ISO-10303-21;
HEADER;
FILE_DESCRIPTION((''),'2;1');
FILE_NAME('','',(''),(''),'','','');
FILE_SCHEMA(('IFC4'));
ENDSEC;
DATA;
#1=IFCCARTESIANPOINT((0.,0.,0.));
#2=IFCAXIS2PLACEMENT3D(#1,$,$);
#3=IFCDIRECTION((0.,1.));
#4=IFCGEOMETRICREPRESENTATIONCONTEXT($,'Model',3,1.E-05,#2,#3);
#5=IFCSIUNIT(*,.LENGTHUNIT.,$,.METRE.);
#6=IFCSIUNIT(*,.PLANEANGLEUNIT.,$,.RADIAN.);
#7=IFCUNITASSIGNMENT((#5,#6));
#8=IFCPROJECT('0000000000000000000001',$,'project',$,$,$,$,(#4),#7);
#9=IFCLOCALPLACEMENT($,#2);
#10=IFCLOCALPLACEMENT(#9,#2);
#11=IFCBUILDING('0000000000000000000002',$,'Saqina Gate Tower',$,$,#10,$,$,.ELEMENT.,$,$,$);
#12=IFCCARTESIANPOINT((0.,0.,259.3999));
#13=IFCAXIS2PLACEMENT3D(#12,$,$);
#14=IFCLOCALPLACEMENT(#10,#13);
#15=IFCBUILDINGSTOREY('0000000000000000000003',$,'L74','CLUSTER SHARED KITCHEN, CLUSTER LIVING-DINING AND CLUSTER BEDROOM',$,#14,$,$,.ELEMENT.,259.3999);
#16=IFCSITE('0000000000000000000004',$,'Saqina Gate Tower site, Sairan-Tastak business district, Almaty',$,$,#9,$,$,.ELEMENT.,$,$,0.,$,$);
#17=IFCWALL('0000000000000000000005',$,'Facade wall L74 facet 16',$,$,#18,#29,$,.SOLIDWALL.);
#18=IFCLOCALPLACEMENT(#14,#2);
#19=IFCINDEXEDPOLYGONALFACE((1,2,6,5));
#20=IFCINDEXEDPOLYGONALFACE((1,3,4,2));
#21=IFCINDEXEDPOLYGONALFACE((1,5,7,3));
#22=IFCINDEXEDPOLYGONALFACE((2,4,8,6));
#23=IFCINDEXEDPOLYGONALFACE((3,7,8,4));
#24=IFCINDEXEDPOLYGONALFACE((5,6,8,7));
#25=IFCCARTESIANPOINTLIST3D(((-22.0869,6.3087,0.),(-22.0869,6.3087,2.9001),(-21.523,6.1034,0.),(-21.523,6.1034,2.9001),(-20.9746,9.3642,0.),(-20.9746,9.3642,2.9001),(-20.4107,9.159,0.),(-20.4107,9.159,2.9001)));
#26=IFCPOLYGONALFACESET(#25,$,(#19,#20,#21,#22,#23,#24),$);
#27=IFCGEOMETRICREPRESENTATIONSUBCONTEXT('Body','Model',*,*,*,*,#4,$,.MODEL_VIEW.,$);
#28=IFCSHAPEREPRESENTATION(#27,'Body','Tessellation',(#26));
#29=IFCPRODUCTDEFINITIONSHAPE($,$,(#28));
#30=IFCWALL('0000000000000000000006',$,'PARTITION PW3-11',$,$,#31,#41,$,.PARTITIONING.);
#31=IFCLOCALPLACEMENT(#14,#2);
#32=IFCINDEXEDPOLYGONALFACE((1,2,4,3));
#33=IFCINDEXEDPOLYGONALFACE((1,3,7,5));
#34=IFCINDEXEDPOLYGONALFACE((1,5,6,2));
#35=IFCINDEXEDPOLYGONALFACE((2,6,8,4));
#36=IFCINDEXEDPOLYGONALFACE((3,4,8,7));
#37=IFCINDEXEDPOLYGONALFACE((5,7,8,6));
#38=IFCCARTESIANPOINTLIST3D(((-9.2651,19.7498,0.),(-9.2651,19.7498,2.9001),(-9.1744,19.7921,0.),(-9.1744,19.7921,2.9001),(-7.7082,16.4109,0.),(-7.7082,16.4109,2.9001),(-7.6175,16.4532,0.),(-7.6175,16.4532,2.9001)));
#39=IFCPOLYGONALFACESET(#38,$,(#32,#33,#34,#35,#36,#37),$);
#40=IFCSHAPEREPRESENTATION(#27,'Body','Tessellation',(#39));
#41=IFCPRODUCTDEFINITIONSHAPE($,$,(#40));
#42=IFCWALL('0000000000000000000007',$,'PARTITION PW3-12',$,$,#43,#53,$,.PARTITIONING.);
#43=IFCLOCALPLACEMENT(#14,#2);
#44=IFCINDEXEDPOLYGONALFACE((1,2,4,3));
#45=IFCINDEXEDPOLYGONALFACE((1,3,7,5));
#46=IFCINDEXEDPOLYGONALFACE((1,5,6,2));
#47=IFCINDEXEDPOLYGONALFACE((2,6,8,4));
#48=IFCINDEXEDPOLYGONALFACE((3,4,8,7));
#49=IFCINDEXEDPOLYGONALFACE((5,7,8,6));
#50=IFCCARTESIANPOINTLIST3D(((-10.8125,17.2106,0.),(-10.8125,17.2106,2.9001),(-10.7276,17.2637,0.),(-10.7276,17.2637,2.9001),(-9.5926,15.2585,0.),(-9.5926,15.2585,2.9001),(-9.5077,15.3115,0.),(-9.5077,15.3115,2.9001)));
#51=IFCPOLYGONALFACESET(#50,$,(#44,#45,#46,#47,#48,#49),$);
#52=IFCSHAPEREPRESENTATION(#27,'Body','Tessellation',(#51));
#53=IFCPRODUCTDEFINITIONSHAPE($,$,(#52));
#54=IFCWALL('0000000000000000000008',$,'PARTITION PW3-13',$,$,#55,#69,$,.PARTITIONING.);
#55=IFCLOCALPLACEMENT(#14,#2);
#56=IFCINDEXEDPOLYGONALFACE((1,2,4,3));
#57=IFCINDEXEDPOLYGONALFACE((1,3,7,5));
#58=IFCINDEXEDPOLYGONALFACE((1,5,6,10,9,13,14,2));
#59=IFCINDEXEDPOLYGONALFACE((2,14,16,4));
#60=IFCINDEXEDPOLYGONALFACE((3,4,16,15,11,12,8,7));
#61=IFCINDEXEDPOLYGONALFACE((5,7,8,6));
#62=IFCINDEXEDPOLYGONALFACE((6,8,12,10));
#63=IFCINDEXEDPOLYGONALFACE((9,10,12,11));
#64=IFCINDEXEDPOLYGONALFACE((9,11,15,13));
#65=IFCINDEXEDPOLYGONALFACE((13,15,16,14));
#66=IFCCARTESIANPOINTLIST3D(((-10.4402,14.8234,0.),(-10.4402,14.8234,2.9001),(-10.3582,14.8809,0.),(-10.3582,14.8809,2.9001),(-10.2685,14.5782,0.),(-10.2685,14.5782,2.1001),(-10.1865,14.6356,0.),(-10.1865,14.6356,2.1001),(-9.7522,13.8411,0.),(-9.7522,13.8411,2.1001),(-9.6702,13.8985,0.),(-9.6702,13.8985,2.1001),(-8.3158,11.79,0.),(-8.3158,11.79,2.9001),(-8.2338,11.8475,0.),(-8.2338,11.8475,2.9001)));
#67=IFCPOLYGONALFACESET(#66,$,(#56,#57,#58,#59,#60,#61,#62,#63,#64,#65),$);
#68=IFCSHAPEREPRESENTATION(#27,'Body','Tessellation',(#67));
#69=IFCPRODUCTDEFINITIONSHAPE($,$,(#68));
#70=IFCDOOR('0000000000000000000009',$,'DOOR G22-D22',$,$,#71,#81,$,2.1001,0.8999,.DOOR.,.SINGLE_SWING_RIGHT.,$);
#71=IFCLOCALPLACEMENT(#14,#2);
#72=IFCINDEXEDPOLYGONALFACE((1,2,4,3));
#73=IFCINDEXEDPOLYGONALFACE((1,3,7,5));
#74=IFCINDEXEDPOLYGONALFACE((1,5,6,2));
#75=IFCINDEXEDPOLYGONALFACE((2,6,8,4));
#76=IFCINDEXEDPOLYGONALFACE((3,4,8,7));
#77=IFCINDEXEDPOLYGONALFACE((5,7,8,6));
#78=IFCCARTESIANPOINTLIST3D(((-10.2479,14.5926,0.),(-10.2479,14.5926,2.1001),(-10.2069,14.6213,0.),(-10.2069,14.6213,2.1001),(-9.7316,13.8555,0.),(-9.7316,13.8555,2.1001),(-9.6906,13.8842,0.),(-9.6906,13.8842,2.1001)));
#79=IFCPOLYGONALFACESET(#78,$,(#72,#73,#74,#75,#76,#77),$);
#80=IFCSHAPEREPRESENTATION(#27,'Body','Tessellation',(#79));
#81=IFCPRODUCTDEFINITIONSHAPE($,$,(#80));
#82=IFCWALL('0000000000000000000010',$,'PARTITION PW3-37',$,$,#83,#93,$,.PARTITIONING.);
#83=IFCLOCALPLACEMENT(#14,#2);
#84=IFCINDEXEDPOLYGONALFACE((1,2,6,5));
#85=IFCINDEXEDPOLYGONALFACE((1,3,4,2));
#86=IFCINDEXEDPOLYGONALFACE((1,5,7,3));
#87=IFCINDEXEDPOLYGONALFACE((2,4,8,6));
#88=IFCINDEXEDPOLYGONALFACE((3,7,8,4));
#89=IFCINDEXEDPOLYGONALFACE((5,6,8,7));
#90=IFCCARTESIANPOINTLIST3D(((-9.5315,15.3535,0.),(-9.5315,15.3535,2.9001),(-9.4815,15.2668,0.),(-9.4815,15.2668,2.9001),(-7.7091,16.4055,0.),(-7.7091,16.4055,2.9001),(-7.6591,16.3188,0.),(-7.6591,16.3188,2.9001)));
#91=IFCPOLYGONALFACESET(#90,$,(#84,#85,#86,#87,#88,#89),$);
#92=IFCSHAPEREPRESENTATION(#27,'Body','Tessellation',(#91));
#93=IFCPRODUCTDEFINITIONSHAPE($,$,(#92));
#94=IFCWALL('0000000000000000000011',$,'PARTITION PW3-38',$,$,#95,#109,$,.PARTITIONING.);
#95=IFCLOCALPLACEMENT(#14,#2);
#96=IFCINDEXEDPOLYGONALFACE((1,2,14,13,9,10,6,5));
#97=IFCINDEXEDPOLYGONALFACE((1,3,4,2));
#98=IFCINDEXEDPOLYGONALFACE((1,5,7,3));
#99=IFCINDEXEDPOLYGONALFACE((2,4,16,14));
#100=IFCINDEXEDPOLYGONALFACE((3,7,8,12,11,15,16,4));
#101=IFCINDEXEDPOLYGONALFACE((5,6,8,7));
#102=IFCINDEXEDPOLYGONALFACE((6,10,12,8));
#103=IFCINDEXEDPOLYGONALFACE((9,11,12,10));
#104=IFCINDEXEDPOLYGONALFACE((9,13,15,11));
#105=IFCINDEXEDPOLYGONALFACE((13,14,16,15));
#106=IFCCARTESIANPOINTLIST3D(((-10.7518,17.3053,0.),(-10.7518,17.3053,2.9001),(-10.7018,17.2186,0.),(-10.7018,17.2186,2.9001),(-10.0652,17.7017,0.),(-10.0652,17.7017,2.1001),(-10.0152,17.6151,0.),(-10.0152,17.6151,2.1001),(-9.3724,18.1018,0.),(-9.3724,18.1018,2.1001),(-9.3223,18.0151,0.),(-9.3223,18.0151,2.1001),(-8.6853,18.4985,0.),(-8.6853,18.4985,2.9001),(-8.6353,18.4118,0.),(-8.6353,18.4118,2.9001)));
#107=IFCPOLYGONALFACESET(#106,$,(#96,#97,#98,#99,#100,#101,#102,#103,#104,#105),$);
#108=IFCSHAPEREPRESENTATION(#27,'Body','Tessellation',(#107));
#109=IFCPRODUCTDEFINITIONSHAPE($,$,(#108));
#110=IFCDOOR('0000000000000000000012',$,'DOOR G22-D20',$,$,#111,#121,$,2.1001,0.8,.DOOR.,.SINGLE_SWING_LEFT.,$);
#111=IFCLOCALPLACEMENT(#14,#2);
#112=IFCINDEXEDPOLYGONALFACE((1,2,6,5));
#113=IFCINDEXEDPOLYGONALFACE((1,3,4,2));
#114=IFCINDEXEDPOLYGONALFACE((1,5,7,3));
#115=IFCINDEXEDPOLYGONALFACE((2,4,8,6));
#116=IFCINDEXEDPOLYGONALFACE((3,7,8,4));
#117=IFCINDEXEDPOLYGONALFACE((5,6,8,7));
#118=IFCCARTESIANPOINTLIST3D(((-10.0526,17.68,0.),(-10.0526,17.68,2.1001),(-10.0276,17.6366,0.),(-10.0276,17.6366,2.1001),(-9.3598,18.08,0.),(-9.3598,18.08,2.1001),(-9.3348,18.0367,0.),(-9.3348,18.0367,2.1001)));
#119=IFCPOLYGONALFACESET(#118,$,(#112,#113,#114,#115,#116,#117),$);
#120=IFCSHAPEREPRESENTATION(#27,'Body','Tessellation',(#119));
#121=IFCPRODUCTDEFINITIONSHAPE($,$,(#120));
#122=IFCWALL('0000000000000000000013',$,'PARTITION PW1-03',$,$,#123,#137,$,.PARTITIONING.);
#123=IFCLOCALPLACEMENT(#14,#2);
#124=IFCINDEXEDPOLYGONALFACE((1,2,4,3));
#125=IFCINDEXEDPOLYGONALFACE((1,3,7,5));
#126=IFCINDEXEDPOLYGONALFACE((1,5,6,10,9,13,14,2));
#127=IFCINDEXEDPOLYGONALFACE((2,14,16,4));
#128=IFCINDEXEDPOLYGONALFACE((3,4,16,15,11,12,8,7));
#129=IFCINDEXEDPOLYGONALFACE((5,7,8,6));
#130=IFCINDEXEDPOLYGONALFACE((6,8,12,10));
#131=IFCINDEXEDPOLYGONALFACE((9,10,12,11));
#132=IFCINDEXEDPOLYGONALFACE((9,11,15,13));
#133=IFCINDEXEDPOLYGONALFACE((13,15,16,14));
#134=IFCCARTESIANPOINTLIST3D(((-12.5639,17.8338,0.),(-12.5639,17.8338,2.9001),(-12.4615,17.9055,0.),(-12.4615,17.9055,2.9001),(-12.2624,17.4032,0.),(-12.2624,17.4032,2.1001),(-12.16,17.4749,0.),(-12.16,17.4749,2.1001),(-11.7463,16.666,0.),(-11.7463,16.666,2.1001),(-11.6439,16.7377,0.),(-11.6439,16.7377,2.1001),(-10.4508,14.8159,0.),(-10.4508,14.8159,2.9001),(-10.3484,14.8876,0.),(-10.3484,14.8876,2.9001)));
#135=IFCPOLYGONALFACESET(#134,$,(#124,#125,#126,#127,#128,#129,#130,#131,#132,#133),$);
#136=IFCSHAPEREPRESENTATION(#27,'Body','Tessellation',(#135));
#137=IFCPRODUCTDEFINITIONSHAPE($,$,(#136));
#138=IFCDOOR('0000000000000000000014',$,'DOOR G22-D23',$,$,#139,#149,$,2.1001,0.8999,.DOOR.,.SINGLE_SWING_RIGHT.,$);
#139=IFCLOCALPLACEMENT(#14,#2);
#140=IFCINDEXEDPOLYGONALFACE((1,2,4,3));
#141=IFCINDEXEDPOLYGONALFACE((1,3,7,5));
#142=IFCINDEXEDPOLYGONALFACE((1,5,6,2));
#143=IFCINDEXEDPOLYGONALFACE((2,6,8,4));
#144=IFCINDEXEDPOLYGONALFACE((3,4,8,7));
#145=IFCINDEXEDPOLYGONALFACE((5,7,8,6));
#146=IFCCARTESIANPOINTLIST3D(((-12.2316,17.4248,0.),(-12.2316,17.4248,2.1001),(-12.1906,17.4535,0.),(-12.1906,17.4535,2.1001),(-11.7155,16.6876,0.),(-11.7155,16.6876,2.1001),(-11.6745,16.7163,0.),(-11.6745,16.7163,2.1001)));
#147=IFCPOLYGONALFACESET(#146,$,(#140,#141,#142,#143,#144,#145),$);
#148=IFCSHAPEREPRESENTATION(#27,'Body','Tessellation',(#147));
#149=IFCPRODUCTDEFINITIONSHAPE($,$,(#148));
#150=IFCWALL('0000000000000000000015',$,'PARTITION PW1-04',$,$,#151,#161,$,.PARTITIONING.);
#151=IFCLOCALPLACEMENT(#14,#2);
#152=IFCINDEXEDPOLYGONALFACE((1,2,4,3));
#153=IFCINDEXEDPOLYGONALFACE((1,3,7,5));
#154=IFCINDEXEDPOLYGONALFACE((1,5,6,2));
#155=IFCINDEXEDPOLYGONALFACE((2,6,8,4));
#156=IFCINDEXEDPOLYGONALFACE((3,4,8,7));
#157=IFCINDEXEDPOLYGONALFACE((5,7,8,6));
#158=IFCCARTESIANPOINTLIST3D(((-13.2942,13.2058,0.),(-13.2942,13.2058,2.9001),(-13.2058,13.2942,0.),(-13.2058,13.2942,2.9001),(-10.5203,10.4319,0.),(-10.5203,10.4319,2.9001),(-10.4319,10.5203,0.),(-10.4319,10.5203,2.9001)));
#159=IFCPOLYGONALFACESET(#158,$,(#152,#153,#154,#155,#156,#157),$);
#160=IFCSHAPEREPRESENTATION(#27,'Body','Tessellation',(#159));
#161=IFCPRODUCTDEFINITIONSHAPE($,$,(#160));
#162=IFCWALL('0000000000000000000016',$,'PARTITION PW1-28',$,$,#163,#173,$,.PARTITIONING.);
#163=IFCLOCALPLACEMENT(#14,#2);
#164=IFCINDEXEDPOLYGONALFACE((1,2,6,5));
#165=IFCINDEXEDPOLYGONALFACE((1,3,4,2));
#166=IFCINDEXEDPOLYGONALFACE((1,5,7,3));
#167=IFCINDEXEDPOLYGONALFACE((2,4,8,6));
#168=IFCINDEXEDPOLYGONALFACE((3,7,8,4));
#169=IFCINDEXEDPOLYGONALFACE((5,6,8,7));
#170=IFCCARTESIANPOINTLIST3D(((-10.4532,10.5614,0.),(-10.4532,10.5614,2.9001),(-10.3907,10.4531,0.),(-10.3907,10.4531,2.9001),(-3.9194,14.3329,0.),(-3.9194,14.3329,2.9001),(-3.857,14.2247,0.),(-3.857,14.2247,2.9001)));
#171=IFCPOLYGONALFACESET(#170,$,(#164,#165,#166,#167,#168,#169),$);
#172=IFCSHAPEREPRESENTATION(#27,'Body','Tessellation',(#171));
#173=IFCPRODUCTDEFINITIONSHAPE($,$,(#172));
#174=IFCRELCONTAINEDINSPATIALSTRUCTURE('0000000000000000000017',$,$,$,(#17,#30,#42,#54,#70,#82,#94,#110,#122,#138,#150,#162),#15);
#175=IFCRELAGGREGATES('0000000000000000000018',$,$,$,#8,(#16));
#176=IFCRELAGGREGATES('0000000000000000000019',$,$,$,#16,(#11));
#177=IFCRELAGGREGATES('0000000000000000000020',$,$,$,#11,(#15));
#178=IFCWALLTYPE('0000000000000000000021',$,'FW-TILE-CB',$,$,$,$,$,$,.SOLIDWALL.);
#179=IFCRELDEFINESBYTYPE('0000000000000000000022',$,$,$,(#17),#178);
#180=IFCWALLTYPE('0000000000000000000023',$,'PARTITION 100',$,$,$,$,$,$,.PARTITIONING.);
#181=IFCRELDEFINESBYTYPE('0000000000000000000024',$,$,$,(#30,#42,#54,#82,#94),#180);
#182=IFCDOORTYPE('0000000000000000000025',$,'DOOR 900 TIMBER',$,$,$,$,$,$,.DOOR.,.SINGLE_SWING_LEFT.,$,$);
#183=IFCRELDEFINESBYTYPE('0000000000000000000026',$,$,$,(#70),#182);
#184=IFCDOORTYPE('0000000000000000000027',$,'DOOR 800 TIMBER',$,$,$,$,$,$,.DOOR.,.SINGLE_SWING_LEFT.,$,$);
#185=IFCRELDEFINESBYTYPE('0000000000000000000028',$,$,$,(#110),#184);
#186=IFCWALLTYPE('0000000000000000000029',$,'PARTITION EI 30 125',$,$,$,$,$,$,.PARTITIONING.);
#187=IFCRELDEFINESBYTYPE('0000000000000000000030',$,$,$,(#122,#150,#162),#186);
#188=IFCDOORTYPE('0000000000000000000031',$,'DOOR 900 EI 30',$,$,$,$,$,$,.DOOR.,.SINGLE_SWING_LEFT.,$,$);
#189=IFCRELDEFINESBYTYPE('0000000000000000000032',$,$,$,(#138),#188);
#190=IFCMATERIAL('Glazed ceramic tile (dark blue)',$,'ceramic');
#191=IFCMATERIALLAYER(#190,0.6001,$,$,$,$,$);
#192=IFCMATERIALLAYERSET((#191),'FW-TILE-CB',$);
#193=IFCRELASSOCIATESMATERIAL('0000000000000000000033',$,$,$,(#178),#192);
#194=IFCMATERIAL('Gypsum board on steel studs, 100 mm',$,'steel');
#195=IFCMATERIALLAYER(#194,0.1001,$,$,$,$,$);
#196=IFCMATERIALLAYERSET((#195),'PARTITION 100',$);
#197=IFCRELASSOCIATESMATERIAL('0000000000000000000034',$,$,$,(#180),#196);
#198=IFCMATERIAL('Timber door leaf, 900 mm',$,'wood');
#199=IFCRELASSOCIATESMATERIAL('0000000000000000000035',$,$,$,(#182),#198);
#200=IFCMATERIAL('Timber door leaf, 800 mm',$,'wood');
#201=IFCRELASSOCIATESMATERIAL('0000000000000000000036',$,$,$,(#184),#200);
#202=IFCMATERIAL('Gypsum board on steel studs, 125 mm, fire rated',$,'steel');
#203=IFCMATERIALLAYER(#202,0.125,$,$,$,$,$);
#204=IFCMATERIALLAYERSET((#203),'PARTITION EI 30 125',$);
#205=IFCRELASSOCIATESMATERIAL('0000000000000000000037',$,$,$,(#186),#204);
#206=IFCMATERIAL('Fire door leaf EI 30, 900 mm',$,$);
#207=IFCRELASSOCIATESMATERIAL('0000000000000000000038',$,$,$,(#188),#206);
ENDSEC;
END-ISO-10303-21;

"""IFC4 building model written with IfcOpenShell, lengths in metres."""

from ifc_helpers import new_model, si_unit, direction, frame, frame_2d, origin, place, context, subcontext, project, spatial, rectangle, extrude, material, layer, layer_set, type_object, element, fill, save


model = new_model("IFC4")

# Units and contexts
model_context = context("Model", 3, precision=1e-05, world=origin(), true_north=direction((0.0, 1.0)))
body_context = subcontext(model_context, "Body", "Model", "MODEL_VIEW")
ifc_project = project(units=[si_unit("LENGTHUNIT", "METRE"), si_unit("PLANEANGLEUNIT", "RADIAN")], contexts=[model_context])

# Site, building, storey
site_placement = place(None, origin())
site = spatial("IfcSite", under=ifc_project, at=site_placement, Name="Saqina Gate Tower site, Sairan-Tastak business district, Almaty", CompositionType="ELEMENT", RefElevation=0.0)
building_placement = place(site_placement, origin())
building = spatial("IfcBuilding", under=site, at=building_placement, Name="Saqina Gate Tower", CompositionType="ELEMENT")
storey_placement = place(building_placement, frame((0.0, 0.0, 259.3999)))
storey = spatial("IfcBuildingStorey", under=building, at=storey_placement, Name="L74", Description="CLUSTER SHARED KITCHEN, CLUSTER LIVING-DINING AND CLUSTER BEDROOM", CompositionType="ELEMENT", Elevation=259.3999)

# Walls
ifc_material_1 = material(Name="Glazed ceramic tile (dark blue)", Category="ceramic")
ifc_layer_1 = layer(ifc_material_1, 0.6001)
ifc_layer_set_1 = layer_set([ifc_layer_1], Name="FW-TILE-CB")
wall_type_1 = type_object("IfcWallType", Name="FW-TILE-CB", PredefinedType="SOLIDWALL", material=ifc_layer_set_1)
wall_1_placement = place(storey_placement, frame((-20.6926, 9.2617, 0.0), z_axis=(0.0, 0.0, 1.0), x_axis=(-0.342057, -0.939679, 0.0)))
element("IfcWall", 1, at=wall_1_placement, inside=storey, type_object=wall_type_1, Name="Facade wall L74 facet 16", PredefinedType="SOLIDWALL", context=body_context, shape_type="SweptSolid", body=[
    extrude(rectangle(XDim=3.2517, YDim=0.6001, at=frame_2d((1.626, 0.0))), origin(), (0.0, 0.0, 1.0), 2.9001),
])
ifc_material_2 = material(Name="Gypsum board on steel studs, 100 mm", Category="steel")
ifc_layer_2 = layer(ifc_material_2, 0.1001)
ifc_layer_set_2 = layer_set([ifc_layer_2], Name="PARTITION 100")
wall_type_2 = type_object("IfcWallType", Name="PARTITION 100", PredefinedType="PARTITIONING", material=ifc_layer_set_2)
wall_2_placement = place(storey_placement, frame((-9.2197, 19.771, 0.0), z_axis=(0.0, 0.0, 1.0), x_axis=(0.422606, -0.906313, 0.0)))
element("IfcWall", 2, at=wall_2_placement, inside=storey, type_object=wall_type_2, Name="PARTITION PW3-11", PredefinedType="PARTITIONING", context=body_context, shape_type="SweptSolid", body=[
    extrude(rectangle(XDim=3.6841, YDim=0.1001, at=frame_2d((1.842, 0.0))), origin(), (0.0, 0.0, 1.0), 2.9001),
])
wall_3_placement = place(storey_placement, frame((-10.77, 17.2371, 0.0), z_axis=(0.0, 0.0, 1.0), x_axis=(0.529961, -0.848022, 0.0)))
element("IfcWall", 3, at=wall_3_placement, inside=storey, type_object=wall_type_2, Name="PARTITION PW3-12", PredefinedType="PARTITIONING", context=body_context, shape_type="SweptSolid", body=[
    extrude(rectangle(XDim=2.302, YDim=0.1001, at=frame_2d((1.1509, 0.0))), origin(), (0.0, 0.0, 1.0), 2.9001),
])

# Wall, opening, door
wall_4_placement = place(storey_placement, frame((-10.3992, 14.8521, 0.0), z_axis=(0.0, 0.0, 1.0), x_axis=(0.573661, -0.819093, 0.0)))
wall_4 = element("IfcWall", 4, at=wall_4_placement, inside=storey, type_object=wall_type_2, Name="PARTITION PW3-13", PredefinedType="PARTITIONING", context=body_context, shape_type="SweptSolid", body=[
    extrude(rectangle(XDim=3.7034, YDim=0.1001, at=frame_2d((1.8516, 0.0))), origin(), (0.0, 0.0, 1.0), 2.9001),
])
opening_1_placement = place(wall_4_placement, frame((0.2993, 0.0, 0.0)))
opening_1 = element("IfcOpeningElement", 5, at=opening_1_placement, cuts=wall_4, PredefinedType="OPENING", context=body_context, shape_type="SweptSolid", body=[
    extrude(rectangle(XDim=0.8999, YDim=2.1001, at=frame_2d((0.45, 1.05))), frame((0.0, 0.062, 0.0), z_axis=(0.0, -1.0, 0.0), x_axis=(1.0, 0.0, 0.0)), (0.0, 0.0, 1.0), 0.124),
])
ifc_material_3 = material(Name="Timber door leaf, 900 mm", Category="wood")
door_type_1 = type_object("IfcDoorType", Name="DOOR 900 TIMBER", OperationType="SINGLE_SWING_LEFT", PredefinedType="DOOR", material=ifc_material_3)
door_1_placement = place(opening_1_placement, frame((0.8999, 0.0, 0.0), z_axis=(0.0, 0.0, 1.0), x_axis=(-1.0, 0.0, 0.0)))
door_1 = element("IfcDoor", 6, at=door_1_placement, inside=storey, type_object=door_type_1, Name="DOOR G22-D22", OperationType="SINGLE_SWING_RIGHT", OverallHeight=2.1001, OverallWidth=0.8999, PredefinedType="DOOR", context=body_context, shape_type="SweptSolid", body=[
    extrude(rectangle(XDim=0.8999, YDim=2.1001, at=frame_2d((0.45, 1.05))), frame((0.0, 0.0249, 0.0), z_axis=(0.0, -1.0, 0.0), x_axis=(1.0, 0.0, 0.0)), (0.0, 0.0, 1.0), 0.05),
])
fill(opening_1, door_1)

# Wall
wall_5_placement = place(storey_placement, frame((-9.5066, 15.3101, 0.0), z_axis=(0.0, 0.0, 1.0), x_axis=(0.866043, 0.49997, 0.0)))
element("IfcWall", 7, at=wall_5_placement, inside=storey, type_object=wall_type_2, Name="PARTITION PW3-37", PredefinedType="PARTITIONING", context=body_context, shape_type="SweptSolid", body=[
    extrude(rectangle(XDim=2.1042, YDim=0.1001, at=frame_2d((1.0522, 0.0))), origin(), (0.0, 0.0, 1.0), 2.9001),
])

# Walls, openings, doors
wall_6_placement = place(storey_placement, frame((-10.7268, 17.262, 0.0), z_axis=(0.0, 0.0, 1.0), x_axis=(0.866012, 0.500024, 0.0)))
wall_6 = element("IfcWall", 8, at=wall_6_placement, inside=storey, type_object=wall_type_2, Name="PARTITION PW3-38", PredefinedType="PARTITIONING", context=body_context, shape_type="SweptSolid", body=[
    extrude(rectangle(XDim=2.3862, YDim=0.1001, at=frame_2d((1.1931, 0.0))), origin(), (0.0, 0.0, 1.0), 2.9001),
])
opening_2_placement = place(wall_6_placement, frame((0.793, 0.0, 0.0)))
opening_2 = element("IfcOpeningElement", 9, at=opening_2_placement, cuts=wall_6, PredefinedType="OPENING", context=body_context, shape_type="SweptSolid", body=[
    extrude(rectangle(XDim=0.8, YDim=2.1001, at=frame_2d((0.3999, 1.05))), frame((0.0, 0.062, 0.0), z_axis=(0.0, -1.0, 0.0), x_axis=(1.0, 0.0, 0.0)), (0.0, 0.0, 1.0), 0.124),
])
ifc_material_4 = material(Name="Timber door leaf, 800 mm", Category="wood")
door_type_2 = type_object("IfcDoorType", Name="DOOR 800 TIMBER", OperationType="SINGLE_SWING_LEFT", PredefinedType="DOOR", material=ifc_material_4)
door_2_placement = place(opening_2_placement, origin())
door_2 = element("IfcDoor", 10, at=door_2_placement, inside=storey, type_object=door_type_2, Name="DOOR G22-D20", OperationType="SINGLE_SWING_LEFT", OverallHeight=2.1001, OverallWidth=0.8, PredefinedType="DOOR", context=body_context, shape_type="SweptSolid", body=[
    extrude(rectangle(XDim=0.8, YDim=2.1001, at=frame_2d((0.3999, 1.05))), frame((0.0, 0.0249, 0.0), z_axis=(0.0, -1.0, 0.0), x_axis=(1.0, 0.0, 0.0)), (0.0, 0.0, 1.0), 0.05),
])
fill(opening_2, door_2)
ifc_material_5 = material(Name="Gypsum board on steel studs, 125 mm, fire rated", Category="steel")
ifc_layer_3 = layer(ifc_material_5, 0.125)
ifc_layer_set_3 = layer_set([ifc_layer_3], Name="PARTITION EI 30 125")
wall_type_3 = type_object("IfcWallType", Name="PARTITION EI 30 125", PredefinedType="PARTITIONING", material=ifc_layer_set_3)
wall_7_placement = place(storey_placement, frame((-12.5127, 17.8696, 0.0), z_axis=(0.0, 0.0, 1.0), x_axis=(0.573565, -0.81916, 0.0)))
wall_7 = element("IfcWall", 11, at=wall_7_placement, inside=storey, type_object=wall_type_3, Name="PARTITION PW1-03", PredefinedType="PARTITIONING", context=body_context, shape_type="SweptSolid", body=[
    extrude(rectangle(XDim=3.6841, YDim=0.125, at=frame_2d((1.842, 0.0))), origin(), (0.0, 0.0, 1.0), 2.9001),
])
opening_3_placement = place(wall_7_placement, frame((0.5256, 0.0, 0.0)))
opening_3 = element("IfcOpeningElement", 12, at=opening_3_placement, cuts=wall_7, PredefinedType="OPENING", context=body_context, shape_type="SweptSolid", body=[
    extrude(rectangle(XDim=0.8999, YDim=2.1001, at=frame_2d((0.45, 1.05))), frame((0.0, 0.0745, 0.0), z_axis=(0.0, -1.0, 0.0), x_axis=(1.0, 0.0, 0.0)), (0.0, 0.0, 1.0), 0.1489),
])
ifc_material_6 = material(Name="Fire door leaf EI 30, 900 mm")
door_type_3 = type_object("IfcDoorType", Name="DOOR 900 EI 30", OperationType="SINGLE_SWING_LEFT", PredefinedType="DOOR", material=ifc_material_6)
door_3_placement = place(opening_3_placement, frame((0.8999, 0.0, 0.0), z_axis=(0.0, 0.0, 1.0), x_axis=(-1.0, 0.0, 0.0)))
door_3 = element("IfcDoor", 13, at=door_3_placement, inside=storey, type_object=door_type_3, Name="DOOR G22-D23", OperationType="SINGLE_SWING_RIGHT", OverallHeight=2.1001, OverallWidth=0.8999, PredefinedType="DOOR", context=body_context, shape_type="SweptSolid", body=[
    extrude(rectangle(XDim=0.8999, YDim=2.1001, at=frame_2d((0.45, 1.05))), frame((0.0, 0.0249, 0.0), z_axis=(0.0, -1.0, 0.0), x_axis=(1.0, 0.0, 0.0)), (0.0, 0.0, 1.0), 0.05),
])
fill(opening_3, door_3)

# Walls
wall_8_placement = place(storey_placement, frame((-13.25, 13.25, 0.0), z_axis=(0.0, 0.0, 1.0), x_axis=(0.707107, -0.707107, 0.0)))
element("IfcWall", 14, at=wall_8_placement, inside=storey, type_object=wall_type_3, Name="PARTITION PW1-04", PredefinedType="PARTITIONING", context=body_context, shape_type="SweptSolid", body=[
    extrude(rectangle(XDim=3.9229, YDim=0.125, at=frame_2d((1.9614, 0.0))), origin(), (0.0, 0.0, 1.0), 2.9001),
])
wall_9_placement = place(storey_placement, frame((-10.4219, 10.5073, 0.0), z_axis=(0.0, 0.0, 1.0), x_axis=(0.866068, 0.499926, 0.0)))
element("IfcWall", 15, at=wall_9_placement, inside=storey, type_object=wall_type_3, Name="PARTITION PW1-28", PredefinedType="PARTITIONING", context=body_context, shape_type="SweptSolid", body=[
    extrude(rectangle(XDim=7.5442, YDim=0.125, at=frame_2d((3.772, 0.0))), origin(), (0.0, 0.0, 1.0), 2.9001),
])

save(model, "model.ifc")
